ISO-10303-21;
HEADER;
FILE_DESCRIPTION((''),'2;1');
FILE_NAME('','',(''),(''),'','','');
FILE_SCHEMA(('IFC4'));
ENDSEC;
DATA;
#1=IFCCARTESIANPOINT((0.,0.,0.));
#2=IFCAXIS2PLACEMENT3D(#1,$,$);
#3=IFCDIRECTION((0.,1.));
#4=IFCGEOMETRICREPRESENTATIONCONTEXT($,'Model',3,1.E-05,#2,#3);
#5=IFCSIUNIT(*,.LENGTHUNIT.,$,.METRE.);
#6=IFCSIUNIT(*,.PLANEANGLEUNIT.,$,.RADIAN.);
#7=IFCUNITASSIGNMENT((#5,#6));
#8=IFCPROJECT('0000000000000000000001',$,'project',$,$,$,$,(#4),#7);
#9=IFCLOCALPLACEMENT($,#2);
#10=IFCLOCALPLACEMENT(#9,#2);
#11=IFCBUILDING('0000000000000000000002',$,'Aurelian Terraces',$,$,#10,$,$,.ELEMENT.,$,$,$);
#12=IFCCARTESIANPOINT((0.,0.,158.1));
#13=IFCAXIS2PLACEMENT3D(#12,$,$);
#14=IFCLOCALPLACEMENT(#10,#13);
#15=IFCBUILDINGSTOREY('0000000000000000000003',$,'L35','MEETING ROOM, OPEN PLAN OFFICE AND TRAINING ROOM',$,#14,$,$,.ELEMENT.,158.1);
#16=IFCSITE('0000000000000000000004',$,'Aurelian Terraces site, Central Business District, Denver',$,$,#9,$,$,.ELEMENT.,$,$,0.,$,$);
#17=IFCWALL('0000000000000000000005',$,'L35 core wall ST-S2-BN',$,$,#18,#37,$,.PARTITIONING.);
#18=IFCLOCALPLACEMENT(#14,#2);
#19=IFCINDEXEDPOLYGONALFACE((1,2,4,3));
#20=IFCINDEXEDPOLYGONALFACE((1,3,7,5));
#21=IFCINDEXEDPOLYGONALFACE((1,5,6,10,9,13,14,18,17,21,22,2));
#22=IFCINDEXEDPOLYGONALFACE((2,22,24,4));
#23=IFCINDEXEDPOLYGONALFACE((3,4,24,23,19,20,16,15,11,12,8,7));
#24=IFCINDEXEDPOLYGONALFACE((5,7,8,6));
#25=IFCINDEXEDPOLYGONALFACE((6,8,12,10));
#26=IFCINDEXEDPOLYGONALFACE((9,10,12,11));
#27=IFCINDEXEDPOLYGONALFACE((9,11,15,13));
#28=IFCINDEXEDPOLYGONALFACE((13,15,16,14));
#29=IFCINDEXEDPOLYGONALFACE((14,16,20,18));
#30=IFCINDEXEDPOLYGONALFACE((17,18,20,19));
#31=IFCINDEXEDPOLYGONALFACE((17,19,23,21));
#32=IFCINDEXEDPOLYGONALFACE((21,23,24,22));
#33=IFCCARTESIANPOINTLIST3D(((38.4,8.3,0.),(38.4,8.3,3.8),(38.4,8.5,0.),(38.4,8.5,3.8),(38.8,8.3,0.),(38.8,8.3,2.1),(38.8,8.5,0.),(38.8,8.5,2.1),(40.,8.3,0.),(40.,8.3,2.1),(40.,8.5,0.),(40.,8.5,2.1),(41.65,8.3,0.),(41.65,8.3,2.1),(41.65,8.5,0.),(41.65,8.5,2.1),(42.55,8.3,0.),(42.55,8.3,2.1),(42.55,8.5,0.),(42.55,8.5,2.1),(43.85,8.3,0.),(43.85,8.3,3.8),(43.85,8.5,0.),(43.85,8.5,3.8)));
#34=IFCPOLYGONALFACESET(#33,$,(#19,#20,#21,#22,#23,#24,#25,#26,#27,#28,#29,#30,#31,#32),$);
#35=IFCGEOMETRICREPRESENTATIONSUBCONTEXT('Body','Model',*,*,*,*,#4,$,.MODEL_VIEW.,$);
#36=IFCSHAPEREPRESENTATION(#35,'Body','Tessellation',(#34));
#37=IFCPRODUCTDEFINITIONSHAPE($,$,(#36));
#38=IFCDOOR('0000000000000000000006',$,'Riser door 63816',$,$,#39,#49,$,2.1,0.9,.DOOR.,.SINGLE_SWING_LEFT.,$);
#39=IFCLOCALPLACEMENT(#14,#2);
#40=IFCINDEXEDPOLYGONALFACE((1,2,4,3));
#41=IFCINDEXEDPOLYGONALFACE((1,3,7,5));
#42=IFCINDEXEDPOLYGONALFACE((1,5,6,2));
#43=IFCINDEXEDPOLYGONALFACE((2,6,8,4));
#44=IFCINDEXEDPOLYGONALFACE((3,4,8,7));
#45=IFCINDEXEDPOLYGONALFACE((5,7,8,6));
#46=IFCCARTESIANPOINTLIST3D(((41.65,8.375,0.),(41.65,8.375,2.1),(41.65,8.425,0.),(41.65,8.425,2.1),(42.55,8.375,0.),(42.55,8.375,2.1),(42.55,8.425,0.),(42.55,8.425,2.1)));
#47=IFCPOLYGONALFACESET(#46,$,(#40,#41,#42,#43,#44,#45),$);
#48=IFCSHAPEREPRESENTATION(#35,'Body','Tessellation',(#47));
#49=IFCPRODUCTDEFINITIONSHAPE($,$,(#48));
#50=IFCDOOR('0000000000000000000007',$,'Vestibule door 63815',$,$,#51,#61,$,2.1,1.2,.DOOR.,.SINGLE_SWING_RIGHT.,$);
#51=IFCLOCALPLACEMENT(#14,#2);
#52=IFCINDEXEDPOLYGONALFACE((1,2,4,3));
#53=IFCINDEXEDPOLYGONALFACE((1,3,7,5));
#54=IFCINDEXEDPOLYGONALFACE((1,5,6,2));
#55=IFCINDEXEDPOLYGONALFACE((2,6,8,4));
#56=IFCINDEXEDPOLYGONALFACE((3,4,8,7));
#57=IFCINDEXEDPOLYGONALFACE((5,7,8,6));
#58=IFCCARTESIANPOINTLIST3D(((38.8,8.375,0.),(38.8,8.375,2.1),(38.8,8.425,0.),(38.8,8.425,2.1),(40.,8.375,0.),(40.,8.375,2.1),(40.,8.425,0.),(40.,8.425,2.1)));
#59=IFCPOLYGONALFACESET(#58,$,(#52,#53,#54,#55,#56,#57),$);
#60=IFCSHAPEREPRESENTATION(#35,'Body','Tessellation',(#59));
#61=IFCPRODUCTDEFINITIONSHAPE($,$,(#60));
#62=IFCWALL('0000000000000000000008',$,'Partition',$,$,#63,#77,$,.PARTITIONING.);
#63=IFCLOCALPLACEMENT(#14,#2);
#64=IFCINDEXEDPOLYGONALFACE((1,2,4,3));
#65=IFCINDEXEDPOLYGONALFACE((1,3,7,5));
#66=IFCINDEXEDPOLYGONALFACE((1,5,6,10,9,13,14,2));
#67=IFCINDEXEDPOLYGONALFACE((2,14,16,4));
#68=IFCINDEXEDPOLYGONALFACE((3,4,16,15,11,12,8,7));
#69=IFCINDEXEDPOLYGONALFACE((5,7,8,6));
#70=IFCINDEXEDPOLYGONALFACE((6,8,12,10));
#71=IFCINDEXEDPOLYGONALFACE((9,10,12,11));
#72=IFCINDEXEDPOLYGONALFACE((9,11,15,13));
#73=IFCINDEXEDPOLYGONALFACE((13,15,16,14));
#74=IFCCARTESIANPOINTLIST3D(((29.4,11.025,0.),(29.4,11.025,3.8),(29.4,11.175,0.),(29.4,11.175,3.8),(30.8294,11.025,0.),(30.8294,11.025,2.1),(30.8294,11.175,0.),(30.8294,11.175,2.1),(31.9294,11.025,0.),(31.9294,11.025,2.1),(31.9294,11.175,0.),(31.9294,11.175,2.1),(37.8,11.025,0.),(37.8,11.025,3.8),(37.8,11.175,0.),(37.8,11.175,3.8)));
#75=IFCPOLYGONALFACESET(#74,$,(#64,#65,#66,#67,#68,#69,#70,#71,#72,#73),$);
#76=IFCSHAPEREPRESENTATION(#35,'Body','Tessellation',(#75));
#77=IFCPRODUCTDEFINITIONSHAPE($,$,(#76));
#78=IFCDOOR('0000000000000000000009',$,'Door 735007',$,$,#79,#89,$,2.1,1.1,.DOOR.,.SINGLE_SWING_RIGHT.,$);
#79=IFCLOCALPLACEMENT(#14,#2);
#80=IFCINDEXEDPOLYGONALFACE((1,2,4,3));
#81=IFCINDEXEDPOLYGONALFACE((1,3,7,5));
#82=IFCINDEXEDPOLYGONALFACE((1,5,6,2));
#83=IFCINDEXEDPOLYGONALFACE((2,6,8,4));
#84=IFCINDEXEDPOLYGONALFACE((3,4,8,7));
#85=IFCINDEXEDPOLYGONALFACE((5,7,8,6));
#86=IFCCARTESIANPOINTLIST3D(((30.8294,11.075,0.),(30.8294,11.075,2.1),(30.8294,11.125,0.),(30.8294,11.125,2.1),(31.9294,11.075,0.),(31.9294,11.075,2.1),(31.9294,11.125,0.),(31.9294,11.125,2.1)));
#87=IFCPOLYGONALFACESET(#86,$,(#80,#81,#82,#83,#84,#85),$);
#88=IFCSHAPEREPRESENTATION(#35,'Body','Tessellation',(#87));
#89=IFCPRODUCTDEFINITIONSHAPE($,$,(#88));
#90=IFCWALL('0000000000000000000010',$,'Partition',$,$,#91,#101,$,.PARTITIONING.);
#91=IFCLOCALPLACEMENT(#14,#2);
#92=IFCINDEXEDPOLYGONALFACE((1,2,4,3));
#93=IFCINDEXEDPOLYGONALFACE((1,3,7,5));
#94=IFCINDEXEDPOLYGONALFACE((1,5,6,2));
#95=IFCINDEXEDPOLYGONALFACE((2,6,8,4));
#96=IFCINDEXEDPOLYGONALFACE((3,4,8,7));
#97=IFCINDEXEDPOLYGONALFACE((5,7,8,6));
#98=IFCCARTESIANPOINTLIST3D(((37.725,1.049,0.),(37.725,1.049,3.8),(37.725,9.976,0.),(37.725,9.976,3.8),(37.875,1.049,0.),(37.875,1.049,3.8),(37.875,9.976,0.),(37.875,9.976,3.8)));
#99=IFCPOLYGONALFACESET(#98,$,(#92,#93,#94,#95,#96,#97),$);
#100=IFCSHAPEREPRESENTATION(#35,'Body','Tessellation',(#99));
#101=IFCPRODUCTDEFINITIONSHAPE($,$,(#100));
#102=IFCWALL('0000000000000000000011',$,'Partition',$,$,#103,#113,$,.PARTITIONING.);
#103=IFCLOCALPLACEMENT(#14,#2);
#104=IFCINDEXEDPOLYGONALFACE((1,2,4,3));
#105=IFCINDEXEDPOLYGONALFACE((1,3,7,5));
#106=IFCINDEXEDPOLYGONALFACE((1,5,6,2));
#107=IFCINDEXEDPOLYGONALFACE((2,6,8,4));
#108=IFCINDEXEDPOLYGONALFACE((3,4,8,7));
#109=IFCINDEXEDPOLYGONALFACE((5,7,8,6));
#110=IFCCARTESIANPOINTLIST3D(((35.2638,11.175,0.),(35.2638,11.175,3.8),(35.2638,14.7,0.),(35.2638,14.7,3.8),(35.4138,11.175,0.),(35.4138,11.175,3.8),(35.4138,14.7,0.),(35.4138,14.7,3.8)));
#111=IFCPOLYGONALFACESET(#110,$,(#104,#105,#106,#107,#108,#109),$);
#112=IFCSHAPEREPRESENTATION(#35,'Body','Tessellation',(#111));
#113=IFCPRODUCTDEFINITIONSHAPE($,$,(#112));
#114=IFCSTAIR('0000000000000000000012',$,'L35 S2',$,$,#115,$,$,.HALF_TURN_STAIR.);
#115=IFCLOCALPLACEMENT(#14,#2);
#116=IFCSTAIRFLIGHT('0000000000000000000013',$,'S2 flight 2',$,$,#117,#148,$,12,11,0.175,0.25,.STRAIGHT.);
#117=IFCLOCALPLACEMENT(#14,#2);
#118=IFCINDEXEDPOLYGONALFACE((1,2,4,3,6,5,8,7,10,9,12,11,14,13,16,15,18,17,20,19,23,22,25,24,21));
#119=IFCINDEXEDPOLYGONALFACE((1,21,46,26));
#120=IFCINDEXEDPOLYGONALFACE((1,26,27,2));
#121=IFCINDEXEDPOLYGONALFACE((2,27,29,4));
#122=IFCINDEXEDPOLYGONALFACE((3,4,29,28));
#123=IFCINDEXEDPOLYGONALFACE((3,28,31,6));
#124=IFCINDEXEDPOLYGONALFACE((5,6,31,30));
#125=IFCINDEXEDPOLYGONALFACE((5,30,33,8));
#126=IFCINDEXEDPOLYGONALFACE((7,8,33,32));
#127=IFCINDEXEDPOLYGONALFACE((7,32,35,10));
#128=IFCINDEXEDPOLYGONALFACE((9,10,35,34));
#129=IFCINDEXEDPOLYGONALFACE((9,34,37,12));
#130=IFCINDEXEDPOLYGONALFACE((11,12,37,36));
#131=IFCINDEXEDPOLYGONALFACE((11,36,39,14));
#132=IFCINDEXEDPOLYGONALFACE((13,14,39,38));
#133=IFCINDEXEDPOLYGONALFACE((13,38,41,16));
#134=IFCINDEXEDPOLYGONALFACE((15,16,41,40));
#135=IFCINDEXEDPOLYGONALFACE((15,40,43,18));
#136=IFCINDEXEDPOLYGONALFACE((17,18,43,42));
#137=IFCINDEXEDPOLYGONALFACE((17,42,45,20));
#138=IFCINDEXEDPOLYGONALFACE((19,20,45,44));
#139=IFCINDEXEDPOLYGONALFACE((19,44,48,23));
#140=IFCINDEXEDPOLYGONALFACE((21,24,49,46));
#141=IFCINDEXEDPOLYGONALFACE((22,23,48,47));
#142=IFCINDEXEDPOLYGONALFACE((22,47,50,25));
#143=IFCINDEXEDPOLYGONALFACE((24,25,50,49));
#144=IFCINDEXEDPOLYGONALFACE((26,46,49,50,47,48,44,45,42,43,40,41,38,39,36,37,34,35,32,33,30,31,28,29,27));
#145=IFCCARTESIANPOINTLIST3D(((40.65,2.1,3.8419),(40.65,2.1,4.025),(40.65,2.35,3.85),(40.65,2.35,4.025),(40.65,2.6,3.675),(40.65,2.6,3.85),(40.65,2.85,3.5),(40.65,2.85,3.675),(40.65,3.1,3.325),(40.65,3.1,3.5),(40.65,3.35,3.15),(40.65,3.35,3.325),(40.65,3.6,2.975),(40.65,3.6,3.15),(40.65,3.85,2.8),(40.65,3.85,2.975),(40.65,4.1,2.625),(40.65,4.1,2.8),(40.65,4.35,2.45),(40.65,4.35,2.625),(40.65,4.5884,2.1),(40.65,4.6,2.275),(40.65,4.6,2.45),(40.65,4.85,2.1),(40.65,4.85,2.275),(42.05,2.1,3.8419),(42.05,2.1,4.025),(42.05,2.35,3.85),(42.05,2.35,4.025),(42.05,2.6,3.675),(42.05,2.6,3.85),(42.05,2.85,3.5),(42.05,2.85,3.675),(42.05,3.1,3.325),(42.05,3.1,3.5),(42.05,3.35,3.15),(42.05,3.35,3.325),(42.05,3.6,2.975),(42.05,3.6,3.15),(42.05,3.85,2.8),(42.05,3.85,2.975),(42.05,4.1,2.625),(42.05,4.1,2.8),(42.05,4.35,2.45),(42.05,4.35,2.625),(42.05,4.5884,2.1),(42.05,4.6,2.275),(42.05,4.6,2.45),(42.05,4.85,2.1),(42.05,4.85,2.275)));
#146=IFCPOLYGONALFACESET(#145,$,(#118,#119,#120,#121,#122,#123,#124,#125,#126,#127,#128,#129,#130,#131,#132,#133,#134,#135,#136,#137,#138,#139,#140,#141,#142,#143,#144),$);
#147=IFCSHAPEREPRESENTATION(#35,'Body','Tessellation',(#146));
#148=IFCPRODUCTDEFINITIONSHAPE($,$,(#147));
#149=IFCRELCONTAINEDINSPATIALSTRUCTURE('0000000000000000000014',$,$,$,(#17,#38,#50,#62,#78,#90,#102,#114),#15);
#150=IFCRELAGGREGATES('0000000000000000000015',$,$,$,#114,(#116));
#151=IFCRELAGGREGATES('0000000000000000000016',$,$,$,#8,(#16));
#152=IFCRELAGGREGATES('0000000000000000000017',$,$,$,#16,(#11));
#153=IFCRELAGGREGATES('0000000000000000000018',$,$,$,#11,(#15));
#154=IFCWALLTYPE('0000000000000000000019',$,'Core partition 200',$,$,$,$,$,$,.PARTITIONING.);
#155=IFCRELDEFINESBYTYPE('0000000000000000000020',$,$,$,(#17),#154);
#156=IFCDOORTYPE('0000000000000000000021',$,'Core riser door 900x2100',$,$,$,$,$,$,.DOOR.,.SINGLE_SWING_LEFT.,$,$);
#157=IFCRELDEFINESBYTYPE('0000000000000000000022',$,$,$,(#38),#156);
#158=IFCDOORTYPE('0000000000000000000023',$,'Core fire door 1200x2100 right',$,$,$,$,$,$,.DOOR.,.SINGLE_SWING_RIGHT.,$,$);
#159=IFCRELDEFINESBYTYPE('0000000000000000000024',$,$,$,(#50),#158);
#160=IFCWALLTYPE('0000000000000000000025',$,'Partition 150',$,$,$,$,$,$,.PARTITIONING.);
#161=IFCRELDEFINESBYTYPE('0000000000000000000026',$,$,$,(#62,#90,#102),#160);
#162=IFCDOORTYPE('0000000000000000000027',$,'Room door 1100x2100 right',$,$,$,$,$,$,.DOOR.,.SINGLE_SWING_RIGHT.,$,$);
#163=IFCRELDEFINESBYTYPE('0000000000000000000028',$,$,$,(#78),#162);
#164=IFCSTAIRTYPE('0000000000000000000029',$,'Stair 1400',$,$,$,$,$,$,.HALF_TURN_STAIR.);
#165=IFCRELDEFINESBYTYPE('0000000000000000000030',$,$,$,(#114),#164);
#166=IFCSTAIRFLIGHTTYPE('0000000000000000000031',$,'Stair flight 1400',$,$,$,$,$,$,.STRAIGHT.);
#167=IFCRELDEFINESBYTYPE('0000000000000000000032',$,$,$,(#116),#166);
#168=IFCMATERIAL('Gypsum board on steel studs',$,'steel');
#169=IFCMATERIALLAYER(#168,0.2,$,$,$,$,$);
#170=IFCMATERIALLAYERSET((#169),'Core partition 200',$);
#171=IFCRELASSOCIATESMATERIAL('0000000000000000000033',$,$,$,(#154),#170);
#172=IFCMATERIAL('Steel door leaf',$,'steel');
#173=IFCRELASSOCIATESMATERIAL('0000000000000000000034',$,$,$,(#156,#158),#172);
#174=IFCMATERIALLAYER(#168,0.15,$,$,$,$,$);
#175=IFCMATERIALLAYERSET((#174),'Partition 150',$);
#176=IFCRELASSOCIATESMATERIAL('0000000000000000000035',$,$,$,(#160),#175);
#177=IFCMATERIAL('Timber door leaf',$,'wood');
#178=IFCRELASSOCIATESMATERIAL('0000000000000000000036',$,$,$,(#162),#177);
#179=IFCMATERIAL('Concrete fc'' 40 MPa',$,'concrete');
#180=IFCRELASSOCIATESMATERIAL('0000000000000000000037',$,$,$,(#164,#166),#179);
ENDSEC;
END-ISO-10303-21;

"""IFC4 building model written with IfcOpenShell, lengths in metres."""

from ifc_helpers import new_model, si_unit, direction, frame, frame_2d, origin, place, context, subcontext, project, spatial, polyline, rectangle, outline, extrude, source, transform, mapped, material, layer, layer_set, type_object, element, fill, aggregate, save


model = new_model("IFC4")

# Units and contexts
model_context = context("Model", 3, precision=1e-05, world=origin(), true_north=direction((0.0, 1.0)))
body_context = subcontext(model_context, "Body", "Model", "MODEL_VIEW")
ifc_project = project(units=[si_unit("LENGTHUNIT", "METRE"), si_unit("PLANEANGLEUNIT", "RADIAN")], contexts=[model_context])

# Site, building, storey
site_placement = place(None, origin())
site = spatial("IfcSite", under=ifc_project, at=site_placement, Name="Aurelian Terraces site, Central Business District, Denver", CompositionType="ELEMENT", RefElevation=0.0)
building_placement = place(site_placement, origin())
building = spatial("IfcBuilding", under=site, at=building_placement, Name="Aurelian Terraces", CompositionType="ELEMENT")
storey_placement = place(building_placement, frame((0.0, 0.0, 158.1)))
storey = spatial("IfcBuildingStorey", under=building, at=storey_placement, Name="L35", Description="MEETING ROOM, OPEN PLAN OFFICE AND TRAINING ROOM", CompositionType="ELEMENT", Elevation=158.1)

# Shared definitions
ifc_material_1 = material(Name="Concrete fc' 40 MPa", Category="concrete")

# Shared definitions
ifc_material_2 = material(Name="Steel door leaf", Category="steel")
shared_shape_1 = source(origin(), body_context, "Body", "SweptSolid", [
    extrude(rectangle(XDim=1.1, YDim=2.1, at=frame_2d((0.55, 1.05))), frame((0.0, 0.025, 0.0), z_axis=(0.0, -1.0, 0.0), x_axis=(1.0, 0.0, 0.0)), (0.0, 0.0, 1.0), 0.05),
])

# Shared definitions
ifc_material_3 = material(Name="Gypsum board on steel studs", Category="steel")
ifc_layer_1 = layer(ifc_material_3, 0.2)
ifc_layer_set_1 = layer_set([ifc_layer_1], Name="Core partition 200")
wall_type_1 = type_object("IfcWallType", Name="Core partition 200", PredefinedType="PARTITIONING", material=ifc_layer_set_1)

# Wall, openings, doors
shared_shape_2 = source(origin(), body_context, "Body", "SweptSolid", [
    extrude(rectangle(XDim=5.45, YDim=0.2, at=frame_2d((2.725, 0.0))), origin(), (0.0, 0.0, 1.0), 3.8),
])
wall_1_placement = place(storey_placement, frame((38.4, 8.4, 0.0), z_axis=(0.0, 0.0, 1.0), x_axis=(1.0, 0.0, 0.0)))
wall_1 = element("IfcWall", 1, at=wall_1_placement, inside=storey, type_object=wall_type_1, Name="L35 core wall ST-S2-BN", PredefinedType="PARTITIONING", context=body_context, shape_type="MappedRepresentation", body=[
    mapped(shared_shape_2, transform((0.0, 0.0, 0.0), scale=1.0)),
])
shared_shape_3 = source(origin(), body_context, "Body", "SweptSolid", [
    extrude(rectangle(XDim=1.2, YDim=2.1, at=frame_2d((0.6, 1.05))), frame((0.0, 0.11, 0.0), z_axis=(0.0, -1.0, 0.0), x_axis=(1.0, 0.0, 0.0)), (0.0, 0.0, 1.0), 0.22),
])
opening_1_placement = place(wall_1_placement, frame((0.4, 0.0, 0.0)))
opening_1 = element("IfcOpeningElement", 2, at=opening_1_placement, cuts=wall_1, PredefinedType="OPENING", context=body_context, shape_type="MappedRepresentation", body=[
    mapped(shared_shape_3, transform((0.0, 0.0, 0.0), scale=1.0)),
])
shared_shape_4 = source(origin(), body_context, "Body", "SweptSolid", [
    extrude(rectangle(XDim=0.9, YDim=2.1, at=frame_2d((0.45, 1.05))), frame((0.0, 0.11, 0.0), z_axis=(0.0, -1.0, 0.0), x_axis=(1.0, 0.0, 0.0)), (0.0, 0.0, 1.0), 0.22),
])
opening_2_placement = place(wall_1_placement, frame((3.25, 0.0, 0.0)))
opening_2 = element("IfcOpeningElement", 3, at=opening_2_placement, cuts=wall_1, PredefinedType="OPENING", context=body_context, shape_type="MappedRepresentation", body=[
    mapped(shared_shape_4, transform((0.0, 0.0, 0.0), scale=1.0)),
])
door_type_1 = type_object("IfcDoorType", Name="Core riser door 900x2100", OperationType="SINGLE_SWING_LEFT", PredefinedType="DOOR", material=ifc_material_2)
shared_shape_5 = source(origin(), body_context, "Body", "SweptSolid", [
    extrude(rectangle(XDim=0.9, YDim=2.1, at=frame_2d((0.45, 1.05))), frame((0.0, 0.025, 0.0), z_axis=(0.0, -1.0, 0.0), x_axis=(1.0, 0.0, 0.0)), (0.0, 0.0, 1.0), 0.05),
])
door_1_placement = place(opening_2_placement, origin())
door_1 = element("IfcDoor", 4, at=door_1_placement, inside=storey, type_object=door_type_1, Name="Riser door 63816", OperationType="SINGLE_SWING_LEFT", OverallHeight=2.1, OverallWidth=0.9, PredefinedType="DOOR", context=body_context, shape_type="MappedRepresentation", body=[
    mapped(shared_shape_5, transform((0.0, 0.0, 0.0), scale=1.0)),
])
fill(opening_2, door_1)
door_type_2 = type_object("IfcDoorType", Name="Core fire door 1200x2100 right", OperationType="SINGLE_SWING_RIGHT", PredefinedType="DOOR", material=ifc_material_2)
shared_shape_6 = source(origin(), body_context, "Body", "SweptSolid", [
    extrude(rectangle(XDim=1.2, YDim=2.1, at=frame_2d((0.6, 1.05))), frame((0.0, 0.025, 0.0), z_axis=(0.0, -1.0, 0.0), x_axis=(1.0, 0.0, 0.0)), (0.0, 0.0, 1.0), 0.05),
])
door_2_placement = place(opening_1_placement, origin())
door_2 = element("IfcDoor", 5, at=door_2_placement, inside=storey, type_object=door_type_2, Name="Vestibule door 63815", OperationType="SINGLE_SWING_RIGHT", OverallHeight=2.1, OverallWidth=1.2, PredefinedType="DOOR", context=body_context, shape_type="MappedRepresentation", body=[
    mapped(shared_shape_6, transform((0.0, 0.0, 0.0), scale=1.0)),
])
fill(opening_1, door_2)

# Wall, opening, door
ifc_layer_2 = layer(ifc_material_3, 0.15)
ifc_layer_set_2 = layer_set([ifc_layer_2], Name="Partition 150")
wall_type_2 = type_object("IfcWallType", Name="Partition 150", PredefinedType="PARTITIONING", material=ifc_layer_set_2)
shared_shape_7 = source(origin(), body_context, "Body", "SweptSolid", [
    extrude(rectangle(XDim=8.4, YDim=0.15, at=frame_2d((4.2, 0.0))), origin(), (0.0, 0.0, 1.0), 3.8),
])
wall_2_placement = place(storey_placement, frame((37.8, 11.1, 0.0), z_axis=(0.0, 0.0, 1.0), x_axis=(-1.0, 0.0, 0.0)))
wall_2 = element("IfcWall", 6, at=wall_2_placement, inside=storey, type_object=wall_type_2, Name="Partition", PredefinedType="PARTITIONING", context=body_context, shape_type="MappedRepresentation", body=[
    mapped(shared_shape_7, transform((0.0, 0.0, 0.0), scale=1.0)),
])
shared_shape_8 = source(origin(), body_context, "Body", "SweptSolid", [
    extrude(rectangle(XDim=1.1, YDim=2.1, at=frame_2d((0.55, 1.05))), frame((0.0, 0.085, 0.0), z_axis=(0.0, -1.0, 0.0), x_axis=(1.0, 0.0, 0.0)), (0.0, 0.0, 1.0), 0.17),
])
opening_3_placement = place(wall_2_placement, frame((5.8706, 0.0, 0.0)))
opening_3 = element("IfcOpeningElement", 7, at=opening_3_placement, cuts=wall_2, PredefinedType="OPENING", context=body_context, shape_type="MappedRepresentation", body=[
    mapped(shared_shape_8, transform((0.0, 0.0, 0.0), scale=1.0)),
])
ifc_material_4 = material(Name="Timber door leaf", Category="wood")
door_type_3 = type_object("IfcDoorType", Name="Room door 1100x2100 right", OperationType="SINGLE_SWING_RIGHT", PredefinedType="DOOR", material=ifc_material_4)
door_3_placement = place(opening_3_placement, origin())
door_3 = element("IfcDoor", 8, at=door_3_placement, inside=storey, type_object=door_type_3, Name="Door 735007", OperationType="SINGLE_SWING_RIGHT", OverallHeight=2.1, OverallWidth=1.1, PredefinedType="DOOR", context=body_context, shape_type="MappedRepresentation", body=[
    mapped(shared_shape_1, transform((0.0, 0.0, 0.0), scale=1.0)),
])
fill(opening_3, door_3)

# Walls
shared_shape_9 = source(origin(), body_context, "Body", "SweptSolid", [
    extrude(rectangle(XDim=8.927, YDim=0.15, at=frame_2d((4.4635, 0.0))), origin(), (0.0, 0.0, 1.0), 3.8),
])
wall_3_placement = place(storey_placement, frame((37.8, 1.049, 0.0), z_axis=(0.0, 0.0, 1.0), x_axis=(0.0, 1.0, 0.0)))
element("IfcWall", 9, at=wall_3_placement, inside=storey, type_object=wall_type_2, Name="Partition", PredefinedType="PARTITIONING", context=body_context, shape_type="MappedRepresentation", body=[
    mapped(shared_shape_9, transform((0.0, 0.0, 0.0), scale=1.0)),
])
shared_shape_10 = source(origin(), body_context, "Body", "SweptSolid", [
    extrude(rectangle(XDim=3.525, YDim=0.15, at=frame_2d((1.7625, 0.0))), origin(), (0.0, 0.0, 1.0), 3.8),
])
wall_4_placement = place(storey_placement, frame((35.3388, 11.175, 0.0), z_axis=(0.0, 0.0, 1.0), x_axis=(0.0, 1.0, 0.0)))
element("IfcWall", 10, at=wall_4_placement, inside=storey, type_object=wall_type_2, Name="Partition", PredefinedType="PARTITIONING", context=body_context, shape_type="MappedRepresentation", body=[
    mapped(shared_shape_10, transform((0.0, 0.0, 0.0), scale=1.0)),
])

# Stair, stair flight
stair_type = type_object("IfcStairType", Name="Stair 1400", PredefinedType="HALF_TURN_STAIR", material=ifc_material_1)
stair_placement = place(storey_placement, origin())
stair = element("IfcStair", 11, at=stair_placement, inside=storey, type_object=stair_type, Name="L35 S2", PredefinedType="HALF_TURN_STAIR")
stair_flight_type = type_object("IfcStairFlightType", Name="Stair flight 1400", PredefinedType="STRAIGHT", material=ifc_material_1)
shared_shape_11 = source(origin(), body_context, "Body", "SweptSolid", [
    extrude(outline(polyline([(0.0, 0.0), (0.0, 0.175), (0.25, 0.175), (0.25, 0.35), (0.5, 0.35), (0.5, 0.525), (0.75, 0.525), (0.75, 0.7), (1.0, 0.7), (1.0, 0.875), (1.25, 0.875), (1.25, 1.05), (1.5, 1.05), (1.5, 1.225), (1.75, 1.225), (1.75, 1.4), (2.0, 1.4), (2.0, 1.575), (2.25, 1.575), (2.25, 1.75), (2.5, 1.75), (2.5, 1.925), (2.75, 1.925), (2.75, 2.1), (2.75, 1.7419), (0.2616, 0.0), (0.0, 0.0)])), frame((0.0, 0.7, 0.0), z_axis=(0.0, -1.0, 0.0), x_axis=(1.0, 0.0, 0.0)), (0.0, 0.0, 1.0), 1.4),
])
stair_flight_placement = place(storey_placement, frame((41.35, 4.85, 2.1), z_axis=(0.0, 0.0, 1.0), x_axis=(0.0, -1.0, 0.0)))
stair_flight = element("IfcStairFlight", 12, at=stair_flight_placement, type_object=stair_flight_type, Name="S2 flight 2", NumberOfRisers=12, NumberOfTreads=11, PredefinedType="STRAIGHT", RiserHeight=0.175, TreadLength=0.25, context=body_context, shape_type="MappedRepresentation", body=[
    mapped(shared_shape_11, transform((0.0, 0.0, 0.0), scale=1.0)),
])
aggregate(stair, [stair_flight])

save(model, "model.ifc")
